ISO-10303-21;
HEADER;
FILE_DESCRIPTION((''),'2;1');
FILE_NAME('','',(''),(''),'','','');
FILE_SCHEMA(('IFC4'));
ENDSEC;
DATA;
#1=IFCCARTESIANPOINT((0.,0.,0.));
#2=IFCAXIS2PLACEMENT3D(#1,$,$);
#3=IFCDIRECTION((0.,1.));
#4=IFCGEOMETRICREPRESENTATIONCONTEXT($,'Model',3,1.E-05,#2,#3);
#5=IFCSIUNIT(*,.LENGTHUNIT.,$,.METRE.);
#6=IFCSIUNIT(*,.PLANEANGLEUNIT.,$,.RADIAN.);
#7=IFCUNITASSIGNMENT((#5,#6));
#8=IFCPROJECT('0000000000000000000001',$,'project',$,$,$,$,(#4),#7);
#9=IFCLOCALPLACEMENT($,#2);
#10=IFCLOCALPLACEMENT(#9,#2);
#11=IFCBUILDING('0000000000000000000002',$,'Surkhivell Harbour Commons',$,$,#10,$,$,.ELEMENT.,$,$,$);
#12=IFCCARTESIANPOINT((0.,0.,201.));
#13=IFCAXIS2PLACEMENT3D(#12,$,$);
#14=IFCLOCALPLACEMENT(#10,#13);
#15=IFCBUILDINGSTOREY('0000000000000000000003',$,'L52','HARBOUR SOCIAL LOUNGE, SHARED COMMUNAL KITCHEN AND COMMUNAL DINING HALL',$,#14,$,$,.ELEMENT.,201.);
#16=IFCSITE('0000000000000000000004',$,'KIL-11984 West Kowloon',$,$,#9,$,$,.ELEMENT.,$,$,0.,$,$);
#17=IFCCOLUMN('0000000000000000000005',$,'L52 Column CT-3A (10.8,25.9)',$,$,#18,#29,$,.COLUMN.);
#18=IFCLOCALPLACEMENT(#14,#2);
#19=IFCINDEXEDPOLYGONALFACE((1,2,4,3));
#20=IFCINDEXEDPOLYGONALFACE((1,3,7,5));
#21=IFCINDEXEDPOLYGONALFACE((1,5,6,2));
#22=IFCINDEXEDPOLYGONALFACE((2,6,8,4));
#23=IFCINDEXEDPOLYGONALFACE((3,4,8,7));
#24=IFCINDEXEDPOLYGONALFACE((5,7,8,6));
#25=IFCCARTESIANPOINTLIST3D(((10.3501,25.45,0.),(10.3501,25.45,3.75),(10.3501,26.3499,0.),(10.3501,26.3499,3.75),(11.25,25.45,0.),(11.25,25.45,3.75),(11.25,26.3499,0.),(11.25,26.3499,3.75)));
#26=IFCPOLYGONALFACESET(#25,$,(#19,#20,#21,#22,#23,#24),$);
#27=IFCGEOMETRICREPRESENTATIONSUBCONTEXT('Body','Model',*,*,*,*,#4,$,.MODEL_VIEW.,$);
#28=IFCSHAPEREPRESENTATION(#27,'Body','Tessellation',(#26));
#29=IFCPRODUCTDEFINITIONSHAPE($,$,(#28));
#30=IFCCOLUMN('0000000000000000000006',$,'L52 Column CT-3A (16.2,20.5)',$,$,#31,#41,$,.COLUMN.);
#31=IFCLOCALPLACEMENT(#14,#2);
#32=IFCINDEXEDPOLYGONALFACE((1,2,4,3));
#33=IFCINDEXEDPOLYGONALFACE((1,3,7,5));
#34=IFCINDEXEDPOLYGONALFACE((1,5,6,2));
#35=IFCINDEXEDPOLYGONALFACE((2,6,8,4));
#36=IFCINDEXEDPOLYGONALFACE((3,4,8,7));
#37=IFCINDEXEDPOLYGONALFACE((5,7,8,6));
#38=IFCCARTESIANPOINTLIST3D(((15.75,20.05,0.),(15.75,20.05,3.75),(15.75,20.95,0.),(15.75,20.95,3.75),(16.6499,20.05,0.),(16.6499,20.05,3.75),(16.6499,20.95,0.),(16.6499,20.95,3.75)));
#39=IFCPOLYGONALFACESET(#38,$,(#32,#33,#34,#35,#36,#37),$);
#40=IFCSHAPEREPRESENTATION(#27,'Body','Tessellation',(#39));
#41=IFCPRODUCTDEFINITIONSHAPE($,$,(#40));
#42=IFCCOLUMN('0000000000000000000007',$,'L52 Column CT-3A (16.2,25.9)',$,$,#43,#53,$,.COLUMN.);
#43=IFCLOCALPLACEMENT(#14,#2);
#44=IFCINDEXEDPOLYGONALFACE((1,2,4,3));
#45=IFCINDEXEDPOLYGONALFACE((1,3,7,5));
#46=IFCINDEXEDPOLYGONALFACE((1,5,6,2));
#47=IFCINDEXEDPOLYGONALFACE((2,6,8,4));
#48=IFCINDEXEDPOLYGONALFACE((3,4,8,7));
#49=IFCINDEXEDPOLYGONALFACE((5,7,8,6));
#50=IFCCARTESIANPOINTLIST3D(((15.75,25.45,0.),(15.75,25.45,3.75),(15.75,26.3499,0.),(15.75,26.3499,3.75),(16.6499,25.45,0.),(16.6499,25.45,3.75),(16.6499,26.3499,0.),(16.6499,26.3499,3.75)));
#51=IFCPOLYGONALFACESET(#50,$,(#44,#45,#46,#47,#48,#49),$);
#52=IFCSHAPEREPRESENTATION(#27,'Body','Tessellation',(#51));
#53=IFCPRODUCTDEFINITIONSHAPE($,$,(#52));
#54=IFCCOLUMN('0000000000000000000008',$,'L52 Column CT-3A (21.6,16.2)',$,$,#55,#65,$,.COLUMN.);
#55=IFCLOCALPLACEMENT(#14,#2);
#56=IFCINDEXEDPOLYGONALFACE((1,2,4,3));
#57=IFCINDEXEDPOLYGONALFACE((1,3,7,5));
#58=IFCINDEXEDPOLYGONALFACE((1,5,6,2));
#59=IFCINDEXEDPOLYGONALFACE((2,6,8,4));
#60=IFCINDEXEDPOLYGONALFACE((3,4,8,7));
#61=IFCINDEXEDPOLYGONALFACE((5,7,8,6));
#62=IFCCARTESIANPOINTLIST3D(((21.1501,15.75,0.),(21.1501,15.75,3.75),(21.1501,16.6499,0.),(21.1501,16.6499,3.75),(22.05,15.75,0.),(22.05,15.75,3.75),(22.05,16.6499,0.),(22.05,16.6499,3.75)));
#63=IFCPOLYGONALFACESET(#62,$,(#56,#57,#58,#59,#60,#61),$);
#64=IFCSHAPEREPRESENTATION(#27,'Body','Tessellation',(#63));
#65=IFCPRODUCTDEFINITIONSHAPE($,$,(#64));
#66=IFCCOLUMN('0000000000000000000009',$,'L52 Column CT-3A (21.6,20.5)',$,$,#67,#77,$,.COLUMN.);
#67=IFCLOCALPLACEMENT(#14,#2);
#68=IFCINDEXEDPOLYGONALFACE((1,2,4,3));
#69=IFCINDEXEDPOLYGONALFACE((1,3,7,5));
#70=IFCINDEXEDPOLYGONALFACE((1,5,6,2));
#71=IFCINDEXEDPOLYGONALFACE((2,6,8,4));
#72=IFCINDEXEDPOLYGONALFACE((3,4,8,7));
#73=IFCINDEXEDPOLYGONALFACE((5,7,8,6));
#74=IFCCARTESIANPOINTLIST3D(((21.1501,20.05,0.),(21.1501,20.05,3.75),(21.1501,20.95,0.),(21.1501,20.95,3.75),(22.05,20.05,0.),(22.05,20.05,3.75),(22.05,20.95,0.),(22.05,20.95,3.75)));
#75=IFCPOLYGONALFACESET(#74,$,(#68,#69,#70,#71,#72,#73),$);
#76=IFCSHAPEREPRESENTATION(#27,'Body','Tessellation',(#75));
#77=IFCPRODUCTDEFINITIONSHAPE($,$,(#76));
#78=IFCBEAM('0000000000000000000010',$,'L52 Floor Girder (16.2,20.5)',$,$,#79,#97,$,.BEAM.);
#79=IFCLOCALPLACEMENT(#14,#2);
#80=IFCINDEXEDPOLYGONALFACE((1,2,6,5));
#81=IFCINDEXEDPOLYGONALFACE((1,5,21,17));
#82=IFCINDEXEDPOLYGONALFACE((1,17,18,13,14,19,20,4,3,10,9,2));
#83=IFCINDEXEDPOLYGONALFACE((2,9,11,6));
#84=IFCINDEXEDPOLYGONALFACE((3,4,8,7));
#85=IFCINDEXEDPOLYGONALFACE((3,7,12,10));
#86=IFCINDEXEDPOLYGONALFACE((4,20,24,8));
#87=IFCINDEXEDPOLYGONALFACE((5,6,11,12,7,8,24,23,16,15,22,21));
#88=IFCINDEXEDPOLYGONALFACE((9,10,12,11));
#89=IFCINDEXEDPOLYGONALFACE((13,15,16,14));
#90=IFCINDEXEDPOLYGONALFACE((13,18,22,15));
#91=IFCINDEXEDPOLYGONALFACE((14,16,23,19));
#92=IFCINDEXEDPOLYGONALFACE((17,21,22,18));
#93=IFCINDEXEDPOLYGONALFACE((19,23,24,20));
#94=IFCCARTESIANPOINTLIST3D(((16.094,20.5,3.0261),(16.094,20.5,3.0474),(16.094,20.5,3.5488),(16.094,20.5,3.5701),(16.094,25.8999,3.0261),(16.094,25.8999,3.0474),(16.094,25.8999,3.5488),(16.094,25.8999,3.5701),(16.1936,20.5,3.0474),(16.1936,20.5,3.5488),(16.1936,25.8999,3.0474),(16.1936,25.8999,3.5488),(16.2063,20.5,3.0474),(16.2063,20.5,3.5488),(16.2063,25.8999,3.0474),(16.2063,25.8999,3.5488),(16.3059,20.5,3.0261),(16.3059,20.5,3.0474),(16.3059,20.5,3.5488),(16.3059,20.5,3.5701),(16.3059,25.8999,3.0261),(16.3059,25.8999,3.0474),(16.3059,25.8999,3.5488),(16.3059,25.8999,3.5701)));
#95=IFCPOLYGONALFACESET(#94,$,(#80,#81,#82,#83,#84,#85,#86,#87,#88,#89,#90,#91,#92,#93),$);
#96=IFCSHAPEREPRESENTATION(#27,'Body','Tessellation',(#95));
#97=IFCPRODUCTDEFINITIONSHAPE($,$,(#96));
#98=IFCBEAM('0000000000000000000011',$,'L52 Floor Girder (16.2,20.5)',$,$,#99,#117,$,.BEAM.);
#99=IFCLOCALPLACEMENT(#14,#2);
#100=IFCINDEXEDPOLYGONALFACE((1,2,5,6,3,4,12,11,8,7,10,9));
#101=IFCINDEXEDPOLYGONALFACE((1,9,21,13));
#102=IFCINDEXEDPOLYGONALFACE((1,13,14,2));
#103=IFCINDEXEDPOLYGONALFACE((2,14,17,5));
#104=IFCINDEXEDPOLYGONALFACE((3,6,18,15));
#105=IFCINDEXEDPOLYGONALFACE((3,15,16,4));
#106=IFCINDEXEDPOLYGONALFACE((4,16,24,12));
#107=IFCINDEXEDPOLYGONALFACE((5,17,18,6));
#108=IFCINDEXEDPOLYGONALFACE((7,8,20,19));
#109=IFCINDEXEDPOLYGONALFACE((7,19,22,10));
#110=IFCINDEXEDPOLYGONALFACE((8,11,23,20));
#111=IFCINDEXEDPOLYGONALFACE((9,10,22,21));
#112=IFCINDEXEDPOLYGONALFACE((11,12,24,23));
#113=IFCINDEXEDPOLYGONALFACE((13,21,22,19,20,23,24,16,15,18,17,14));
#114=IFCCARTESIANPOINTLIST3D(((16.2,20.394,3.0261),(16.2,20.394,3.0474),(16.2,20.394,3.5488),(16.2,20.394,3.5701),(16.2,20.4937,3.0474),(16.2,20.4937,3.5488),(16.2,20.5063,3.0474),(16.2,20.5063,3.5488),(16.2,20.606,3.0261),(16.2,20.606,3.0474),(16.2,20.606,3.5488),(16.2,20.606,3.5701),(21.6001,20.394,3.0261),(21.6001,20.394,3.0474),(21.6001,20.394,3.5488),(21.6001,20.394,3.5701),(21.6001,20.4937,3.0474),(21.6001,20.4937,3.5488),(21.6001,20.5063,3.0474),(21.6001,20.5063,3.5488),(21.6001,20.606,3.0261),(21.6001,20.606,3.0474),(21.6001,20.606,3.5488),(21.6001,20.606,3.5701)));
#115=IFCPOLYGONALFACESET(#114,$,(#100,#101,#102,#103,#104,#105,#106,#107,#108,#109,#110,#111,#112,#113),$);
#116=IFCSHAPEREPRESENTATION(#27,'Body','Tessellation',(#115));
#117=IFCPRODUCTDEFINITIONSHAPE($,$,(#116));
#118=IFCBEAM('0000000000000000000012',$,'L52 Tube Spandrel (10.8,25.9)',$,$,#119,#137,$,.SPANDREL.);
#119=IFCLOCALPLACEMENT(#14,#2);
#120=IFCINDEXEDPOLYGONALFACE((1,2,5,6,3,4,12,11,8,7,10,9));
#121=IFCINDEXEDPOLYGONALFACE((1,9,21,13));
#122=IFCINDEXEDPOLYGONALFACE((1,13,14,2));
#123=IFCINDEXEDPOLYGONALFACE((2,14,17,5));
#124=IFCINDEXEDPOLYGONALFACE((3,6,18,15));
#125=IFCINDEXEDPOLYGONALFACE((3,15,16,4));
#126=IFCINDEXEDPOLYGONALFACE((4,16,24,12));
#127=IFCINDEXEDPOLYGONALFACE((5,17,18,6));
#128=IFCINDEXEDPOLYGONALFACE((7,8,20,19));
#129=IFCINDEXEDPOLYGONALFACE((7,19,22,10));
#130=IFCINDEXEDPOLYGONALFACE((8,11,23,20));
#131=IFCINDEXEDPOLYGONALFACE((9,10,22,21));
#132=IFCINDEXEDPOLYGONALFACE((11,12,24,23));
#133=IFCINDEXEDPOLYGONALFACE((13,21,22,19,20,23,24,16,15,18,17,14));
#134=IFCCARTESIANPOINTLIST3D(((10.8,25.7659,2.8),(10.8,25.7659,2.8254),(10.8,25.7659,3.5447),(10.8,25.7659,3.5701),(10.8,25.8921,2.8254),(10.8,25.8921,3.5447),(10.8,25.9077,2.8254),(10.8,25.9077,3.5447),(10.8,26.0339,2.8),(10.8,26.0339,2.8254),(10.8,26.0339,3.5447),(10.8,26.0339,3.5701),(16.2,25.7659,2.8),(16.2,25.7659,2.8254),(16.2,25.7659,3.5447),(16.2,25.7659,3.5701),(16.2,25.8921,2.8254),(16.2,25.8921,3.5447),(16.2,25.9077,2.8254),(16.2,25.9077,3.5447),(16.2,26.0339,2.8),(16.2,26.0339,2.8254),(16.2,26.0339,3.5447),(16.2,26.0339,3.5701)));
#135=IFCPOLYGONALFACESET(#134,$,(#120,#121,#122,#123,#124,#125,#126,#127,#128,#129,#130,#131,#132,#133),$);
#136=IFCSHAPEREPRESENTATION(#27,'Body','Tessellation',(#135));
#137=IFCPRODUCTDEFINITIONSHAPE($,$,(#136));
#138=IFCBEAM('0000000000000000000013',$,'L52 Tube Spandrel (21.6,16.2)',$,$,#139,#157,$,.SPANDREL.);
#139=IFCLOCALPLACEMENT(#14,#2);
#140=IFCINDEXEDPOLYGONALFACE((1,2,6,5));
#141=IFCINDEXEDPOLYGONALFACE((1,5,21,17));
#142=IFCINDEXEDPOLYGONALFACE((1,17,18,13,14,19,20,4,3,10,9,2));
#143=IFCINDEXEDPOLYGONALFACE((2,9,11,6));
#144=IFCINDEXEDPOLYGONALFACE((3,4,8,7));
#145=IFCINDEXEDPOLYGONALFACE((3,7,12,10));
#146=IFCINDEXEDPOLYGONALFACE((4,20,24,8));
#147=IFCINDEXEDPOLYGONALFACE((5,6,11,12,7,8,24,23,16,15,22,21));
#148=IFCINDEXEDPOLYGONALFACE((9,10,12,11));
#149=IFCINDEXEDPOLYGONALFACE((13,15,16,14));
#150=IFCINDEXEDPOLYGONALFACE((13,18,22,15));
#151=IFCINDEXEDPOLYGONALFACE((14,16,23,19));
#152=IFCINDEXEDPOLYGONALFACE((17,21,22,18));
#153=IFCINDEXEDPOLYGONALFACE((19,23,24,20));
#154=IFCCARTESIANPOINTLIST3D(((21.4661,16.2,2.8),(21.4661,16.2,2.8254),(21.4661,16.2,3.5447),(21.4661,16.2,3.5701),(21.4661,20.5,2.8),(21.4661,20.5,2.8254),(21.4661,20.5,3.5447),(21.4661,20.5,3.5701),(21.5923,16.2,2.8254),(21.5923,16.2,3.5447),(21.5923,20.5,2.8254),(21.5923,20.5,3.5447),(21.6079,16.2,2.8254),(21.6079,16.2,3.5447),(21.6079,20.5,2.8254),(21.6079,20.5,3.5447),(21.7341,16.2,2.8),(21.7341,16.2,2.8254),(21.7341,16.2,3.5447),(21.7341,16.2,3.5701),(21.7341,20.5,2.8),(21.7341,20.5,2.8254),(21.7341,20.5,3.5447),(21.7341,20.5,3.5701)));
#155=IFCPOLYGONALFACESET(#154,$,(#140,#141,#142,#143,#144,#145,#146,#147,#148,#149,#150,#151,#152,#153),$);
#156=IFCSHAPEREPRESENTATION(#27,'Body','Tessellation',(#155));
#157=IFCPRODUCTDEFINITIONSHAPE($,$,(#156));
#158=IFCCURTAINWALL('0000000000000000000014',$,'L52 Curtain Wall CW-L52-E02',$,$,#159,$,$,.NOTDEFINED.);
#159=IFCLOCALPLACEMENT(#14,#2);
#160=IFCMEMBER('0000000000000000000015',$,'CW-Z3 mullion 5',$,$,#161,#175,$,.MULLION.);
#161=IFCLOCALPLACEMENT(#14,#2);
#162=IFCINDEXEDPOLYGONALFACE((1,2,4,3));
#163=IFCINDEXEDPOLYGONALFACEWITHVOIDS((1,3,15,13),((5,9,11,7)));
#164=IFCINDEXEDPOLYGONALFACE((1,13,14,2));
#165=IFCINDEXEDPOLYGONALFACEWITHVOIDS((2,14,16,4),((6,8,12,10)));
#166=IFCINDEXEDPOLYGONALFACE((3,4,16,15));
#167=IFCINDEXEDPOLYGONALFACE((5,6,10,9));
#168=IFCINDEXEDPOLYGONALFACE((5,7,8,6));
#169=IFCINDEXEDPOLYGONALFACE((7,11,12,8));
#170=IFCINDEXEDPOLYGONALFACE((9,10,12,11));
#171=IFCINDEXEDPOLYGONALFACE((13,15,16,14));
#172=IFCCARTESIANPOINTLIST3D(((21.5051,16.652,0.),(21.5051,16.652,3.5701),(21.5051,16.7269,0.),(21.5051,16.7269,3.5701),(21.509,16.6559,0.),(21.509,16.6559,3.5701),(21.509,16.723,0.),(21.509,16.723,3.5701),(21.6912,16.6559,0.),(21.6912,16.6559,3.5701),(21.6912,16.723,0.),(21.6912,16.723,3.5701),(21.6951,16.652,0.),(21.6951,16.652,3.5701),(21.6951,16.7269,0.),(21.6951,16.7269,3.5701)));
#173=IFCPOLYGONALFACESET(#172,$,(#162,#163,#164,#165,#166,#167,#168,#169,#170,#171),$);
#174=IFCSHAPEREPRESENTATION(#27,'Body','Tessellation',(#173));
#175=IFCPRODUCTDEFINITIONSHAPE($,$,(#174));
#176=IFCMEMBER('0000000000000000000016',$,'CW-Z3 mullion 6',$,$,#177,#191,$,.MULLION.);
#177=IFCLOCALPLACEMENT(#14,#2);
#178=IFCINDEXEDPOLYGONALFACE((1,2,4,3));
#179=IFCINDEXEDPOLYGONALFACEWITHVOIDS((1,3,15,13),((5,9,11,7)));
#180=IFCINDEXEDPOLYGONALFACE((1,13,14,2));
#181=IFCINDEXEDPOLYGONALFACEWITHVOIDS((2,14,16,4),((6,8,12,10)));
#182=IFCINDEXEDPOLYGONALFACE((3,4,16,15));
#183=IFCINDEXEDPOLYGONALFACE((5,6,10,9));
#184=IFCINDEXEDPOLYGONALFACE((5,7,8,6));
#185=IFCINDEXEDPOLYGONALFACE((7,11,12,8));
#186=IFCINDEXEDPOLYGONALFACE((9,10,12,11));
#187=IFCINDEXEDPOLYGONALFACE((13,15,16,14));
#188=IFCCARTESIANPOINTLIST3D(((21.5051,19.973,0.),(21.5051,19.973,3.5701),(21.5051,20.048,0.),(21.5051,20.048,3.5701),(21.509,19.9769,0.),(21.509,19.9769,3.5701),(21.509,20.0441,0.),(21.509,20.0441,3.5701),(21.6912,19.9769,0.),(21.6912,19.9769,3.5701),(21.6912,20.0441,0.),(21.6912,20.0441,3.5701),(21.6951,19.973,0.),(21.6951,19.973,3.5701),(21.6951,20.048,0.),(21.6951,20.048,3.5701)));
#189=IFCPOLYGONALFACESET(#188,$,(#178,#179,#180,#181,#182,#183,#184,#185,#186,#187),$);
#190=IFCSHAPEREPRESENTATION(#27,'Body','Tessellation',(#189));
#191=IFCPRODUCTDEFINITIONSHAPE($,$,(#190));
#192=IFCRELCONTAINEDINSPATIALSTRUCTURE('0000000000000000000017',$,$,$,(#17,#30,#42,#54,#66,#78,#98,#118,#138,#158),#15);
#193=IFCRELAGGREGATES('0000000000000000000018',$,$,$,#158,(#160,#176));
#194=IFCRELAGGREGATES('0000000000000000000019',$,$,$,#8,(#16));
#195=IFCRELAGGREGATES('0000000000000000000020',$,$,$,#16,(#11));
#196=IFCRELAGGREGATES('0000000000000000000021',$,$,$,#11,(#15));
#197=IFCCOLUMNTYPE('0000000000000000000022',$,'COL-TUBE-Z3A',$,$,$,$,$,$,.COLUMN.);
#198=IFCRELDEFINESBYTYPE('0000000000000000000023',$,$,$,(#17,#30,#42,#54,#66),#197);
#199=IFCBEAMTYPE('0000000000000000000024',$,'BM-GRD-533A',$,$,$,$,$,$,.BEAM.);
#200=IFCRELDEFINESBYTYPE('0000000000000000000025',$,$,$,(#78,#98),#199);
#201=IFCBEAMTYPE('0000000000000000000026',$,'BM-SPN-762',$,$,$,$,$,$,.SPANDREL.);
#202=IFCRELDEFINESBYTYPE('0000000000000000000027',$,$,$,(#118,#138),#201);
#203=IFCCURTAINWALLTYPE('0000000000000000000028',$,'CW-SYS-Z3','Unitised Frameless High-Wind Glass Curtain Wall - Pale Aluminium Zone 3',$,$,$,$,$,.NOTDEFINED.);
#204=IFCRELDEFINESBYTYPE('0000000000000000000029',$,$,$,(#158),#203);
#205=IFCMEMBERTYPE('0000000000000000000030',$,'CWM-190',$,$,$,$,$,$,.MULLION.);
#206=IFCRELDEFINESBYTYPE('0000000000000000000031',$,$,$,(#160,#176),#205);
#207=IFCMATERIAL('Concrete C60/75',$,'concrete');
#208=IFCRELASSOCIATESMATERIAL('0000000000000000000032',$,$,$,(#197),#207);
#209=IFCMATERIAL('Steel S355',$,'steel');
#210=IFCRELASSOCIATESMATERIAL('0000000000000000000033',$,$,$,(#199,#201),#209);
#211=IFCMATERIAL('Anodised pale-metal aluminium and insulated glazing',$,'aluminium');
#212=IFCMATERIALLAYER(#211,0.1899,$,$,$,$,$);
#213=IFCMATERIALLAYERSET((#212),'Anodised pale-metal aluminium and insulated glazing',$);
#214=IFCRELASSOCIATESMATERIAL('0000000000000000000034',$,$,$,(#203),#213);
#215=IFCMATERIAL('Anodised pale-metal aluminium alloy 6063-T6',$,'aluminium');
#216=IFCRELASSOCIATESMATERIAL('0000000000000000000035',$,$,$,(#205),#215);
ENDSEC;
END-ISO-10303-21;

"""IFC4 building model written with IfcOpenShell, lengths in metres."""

from ifc_helpers import new_model, si_unit, direction, frame, origin, origin_2d, place, context, subcontext, project, spatial, rectangle, hollow_rectangle, i_section, extrude, material, layer, layer_set, material_profile, profile_set, type_object, element, aggregate, save


model = new_model("IFC4")

# Units and contexts
model_context = context("Model", 3, precision=1e-05, world=origin(), true_north=direction((0.0, 1.0)))
body_context = subcontext(model_context, "Body", "Model", "MODEL_VIEW")
ifc_project = project(units=[si_unit("LENGTHUNIT", "METRE"), si_unit("PLANEANGLEUNIT", "RADIAN")], contexts=[model_context])

# Site, building, storey
site_placement = place(None, origin())
site = spatial("IfcSite", under=ifc_project, at=site_placement, Name="KIL-11984 West Kowloon", CompositionType="ELEMENT", RefElevation=0.0)
building_placement = place(site_placement, origin())
building = spatial("IfcBuilding", under=site, at=building_placement, Name="Surkhivell Harbour Commons", CompositionType="ELEMENT")
storey_placement = place(building_placement, frame((0.0, 0.0, 201.0)))
storey = spatial("IfcBuildingStorey", under=building, at=storey_placement, Name="L52", Description="HARBOUR SOCIAL LOUNGE, SHARED COMMUNAL KITCHEN AND COMMUNAL DINING HALL", CompositionType="ELEMENT", Elevation=201.0)

# Columns
ifc_material_1 = material(Name="Concrete C60/75", Category="concrete")
ifc_material_profile_1 = material_profile(ifc_material_1, rectangle(XDim=0.8999, YDim=0.8999, at=origin_2d()), Name="RC-COL-900x900")
ifc_profile_set_1 = profile_set([ifc_material_profile_1], Name="Concrete C60/75")
column_type = type_object("IfcColumnType", Name="COL-TUBE-Z3A", PredefinedType="COLUMN", material=ifc_profile_set_1)
for number, where, z_axis, x_axis, name in (
    (1, (10.8, 25.8999, 0.0), (0.0, 0.0, 1.0), (1.0, 0.0, 0.0), "L52 Column CT-3A (10.8,25.9)"),
    (2, (16.2, 20.5, 0.0), (0.0, 0.0, 1.0), (1.0, 0.0, 0.0), "L52 Column CT-3A (16.2,20.5)"),
    (3, (16.2, 25.8999, 0.0), (0.0, 0.0, 1.0), (1.0, 0.0, 0.0), "L52 Column CT-3A (16.2,25.9)"),
    (4, (21.6001, 16.2, 0.0), (0.0, 0.0, 1.0), (1.0, 0.0, 0.0), "L52 Column CT-3A (21.6,16.2)"),
    (5, (21.6001, 20.5, 0.0), (0.0, 0.0, 1.0), (1.0, 0.0, 0.0), "L52 Column CT-3A (21.6,20.5)"),
):
    element("IfcColumn", number, at=place(storey_placement, frame(where, z_axis=z_axis, x_axis=x_axis)), inside=storey, type_object=column_type, Name=name, PredefinedType="COLUMN", context=body_context, shape_type="SweptSolid", body=[
        extrude(rectangle(XDim=0.8999, YDim=0.8999, at=origin_2d()), origin(), (0.0, 0.0, 1.0), 3.75),
    ])

# Beams
ifc_material_2 = material(Name="Steel S355", Category="steel")
ifc_material_profile_2 = material_profile(ifc_material_2, i_section(OverallWidth=0.2119, OverallDepth=0.5439, WebThickness=0.0127, FlangeThickness=0.0212, at=origin_2d()), Name="UB533x210x122")
ifc_profile_set_2 = profile_set([ifc_material_profile_2], Name="Steel S355")
beam_type_1 = type_object("IfcBeamType", Name="BM-GRD-533A", PredefinedType="BEAM", material=ifc_profile_set_2)
beam_1_placement = place(storey_placement, frame((16.2, 20.5, 3.2981), z_axis=(0.0, 1.0, 0.0), x_axis=(-1.0, 0.0, 0.0)))
element("IfcBeam", 6, at=beam_1_placement, inside=storey, type_object=beam_type_1, Name="L52 Floor Girder (16.2,20.5)", PredefinedType="BEAM", context=body_context, shape_type="SweptSolid", body=[
    extrude(i_section(OverallWidth=0.2119, OverallDepth=0.5439, WebThickness=0.0127, FlangeThickness=0.0212, at=origin_2d()), origin(), (0.0, 0.0, 1.0), 5.3999),
])
beam_2_placement = place(storey_placement, frame((16.2, 20.5, 3.2981), z_axis=(1.0, 0.0, 0.0), x_axis=(0.0, 1.0, 0.0)))
element("IfcBeam", 7, at=beam_2_placement, inside=storey, type_object=beam_type_1, Name="L52 Floor Girder (16.2,20.5)", PredefinedType="BEAM", context=body_context, shape_type="SweptSolid", body=[
    extrude(i_section(OverallWidth=0.2119, OverallDepth=0.5439, WebThickness=0.0127, FlangeThickness=0.0212, at=origin_2d()), origin(), (0.0, 0.0, 1.0), 5.4001),
])
ifc_material_profile_3 = material_profile(ifc_material_2, i_section(OverallWidth=0.2681, OverallDepth=0.77, WebThickness=0.0156, FlangeThickness=0.0254, at=origin_2d()), Name="UB762x267x197")
ifc_profile_set_3 = profile_set([ifc_material_profile_3], Name="Steel S355")
beam_type_2 = type_object("IfcBeamType", Name="BM-SPN-762", PredefinedType="SPANDREL", material=ifc_profile_set_3)
beam_3_placement = place(storey_placement, frame((10.8, 25.8999, 3.1851), z_axis=(1.0, 0.0, 0.0), x_axis=(0.0, 1.0, 0.0)))
element("IfcBeam", 8, at=beam_3_placement, inside=storey, type_object=beam_type_2, Name="L52 Tube Spandrel (10.8,25.9)", PredefinedType="SPANDREL", context=body_context, shape_type="SweptSolid", body=[
    extrude(i_section(OverallWidth=0.2681, OverallDepth=0.77, WebThickness=0.0156, FlangeThickness=0.0254, at=origin_2d()), origin(), (0.0, 0.0, 1.0), 5.3999),
])
beam_4_placement = place(storey_placement, frame((21.6001, 16.2, 3.1851), z_axis=(0.0, 1.0, 0.0), x_axis=(-1.0, 0.0, 0.0)))
element("IfcBeam", 9, at=beam_4_placement, inside=storey, type_object=beam_type_2, Name="L52 Tube Spandrel (21.6,16.2)", PredefinedType="SPANDREL", context=body_context, shape_type="SweptSolid", body=[
    extrude(i_section(OverallWidth=0.2681, OverallDepth=0.77, WebThickness=0.0156, FlangeThickness=0.0254, at=origin_2d()), origin(), (0.0, 0.0, 1.0), 4.3),
])

# Curtain wall, members
ifc_material_3 = material(Name="Anodised pale-metal aluminium and insulated glazing", Category="aluminium")
ifc_layer_1 = layer(ifc_material_3, 0.1899)
ifc_layer_set_1 = layer_set([ifc_layer_1], Name="Anodised pale-metal aluminium and insulated glazing")
curtain_wall_type = type_object("IfcCurtainWallType", Name="CW-SYS-Z3", Description="Unitised Frameless High-Wind Glass Curtain Wall - Pale Aluminium Zone 3", PredefinedType="NOTDEFINED", material=ifc_layer_set_1)
curtain_wall_1_placement = place(storey_placement, origin())
curtain_wall_1 = element("IfcCurtainWall", 10, at=curtain_wall_1_placement, inside=storey, type_object=curtain_wall_type, Name="L52 Curtain Wall CW-L52-E02", PredefinedType="NOTDEFINED")
ifc_material_4 = material(Name="Anodised pale-metal aluminium alloy 6063-T6", Category="aluminium")
ifc_material_profile_4 = material_profile(ifc_material_4, hollow_rectangle(XDim=0.075, YDim=0.1899, WallThickness=0.0039, at=origin_2d()), Name="ALU-MULL-75x190")
ifc_profile_set_4 = profile_set([ifc_material_profile_4], Name="Anodised pale-metal aluminium alloy 6063-T6")
member_type_1 = type_object("IfcMemberType", Name="CWM-190", PredefinedType="MULLION", material=ifc_profile_set_4)
member_1_placement = place(storey_placement, frame((21.6001, 16.6895, 0.0), z_axis=(0.0, 0.0, 1.0), x_axis=(0.0, 1.0, 0.0)))
member_1 = element("IfcMember", 11, at=member_1_placement, type_object=member_type_1, Name="CW-Z3 mullion 5", PredefinedType="MULLION", context=body_context, shape_type="SweptSolid", body=[
    extrude(hollow_rectangle(XDim=0.075, YDim=0.1899, WallThickness=0.0039, at=origin_2d()), origin(), (0.0, 0.0, 1.0), 3.5701),
])
member_2_placement = place(storey_placement, frame((21.6001, 20.0105, 0.0), z_axis=(0.0, 0.0, 1.0), x_axis=(0.0, 1.0, 0.0)))
member_2 = element("IfcMember", 12, at=member_2_placement, type_object=member_type_1, Name="CW-Z3 mullion 6", PredefinedType="MULLION", context=body_context, shape_type="SweptSolid", body=[
    extrude(hollow_rectangle(XDim=0.075, YDim=0.1899, WallThickness=0.0039, at=origin_2d()), origin(), (0.0, 0.0, 1.0), 3.5701),
])

aggregate(curtain_wall_1, [member_1, member_2])

save(model, "model.ifc")
